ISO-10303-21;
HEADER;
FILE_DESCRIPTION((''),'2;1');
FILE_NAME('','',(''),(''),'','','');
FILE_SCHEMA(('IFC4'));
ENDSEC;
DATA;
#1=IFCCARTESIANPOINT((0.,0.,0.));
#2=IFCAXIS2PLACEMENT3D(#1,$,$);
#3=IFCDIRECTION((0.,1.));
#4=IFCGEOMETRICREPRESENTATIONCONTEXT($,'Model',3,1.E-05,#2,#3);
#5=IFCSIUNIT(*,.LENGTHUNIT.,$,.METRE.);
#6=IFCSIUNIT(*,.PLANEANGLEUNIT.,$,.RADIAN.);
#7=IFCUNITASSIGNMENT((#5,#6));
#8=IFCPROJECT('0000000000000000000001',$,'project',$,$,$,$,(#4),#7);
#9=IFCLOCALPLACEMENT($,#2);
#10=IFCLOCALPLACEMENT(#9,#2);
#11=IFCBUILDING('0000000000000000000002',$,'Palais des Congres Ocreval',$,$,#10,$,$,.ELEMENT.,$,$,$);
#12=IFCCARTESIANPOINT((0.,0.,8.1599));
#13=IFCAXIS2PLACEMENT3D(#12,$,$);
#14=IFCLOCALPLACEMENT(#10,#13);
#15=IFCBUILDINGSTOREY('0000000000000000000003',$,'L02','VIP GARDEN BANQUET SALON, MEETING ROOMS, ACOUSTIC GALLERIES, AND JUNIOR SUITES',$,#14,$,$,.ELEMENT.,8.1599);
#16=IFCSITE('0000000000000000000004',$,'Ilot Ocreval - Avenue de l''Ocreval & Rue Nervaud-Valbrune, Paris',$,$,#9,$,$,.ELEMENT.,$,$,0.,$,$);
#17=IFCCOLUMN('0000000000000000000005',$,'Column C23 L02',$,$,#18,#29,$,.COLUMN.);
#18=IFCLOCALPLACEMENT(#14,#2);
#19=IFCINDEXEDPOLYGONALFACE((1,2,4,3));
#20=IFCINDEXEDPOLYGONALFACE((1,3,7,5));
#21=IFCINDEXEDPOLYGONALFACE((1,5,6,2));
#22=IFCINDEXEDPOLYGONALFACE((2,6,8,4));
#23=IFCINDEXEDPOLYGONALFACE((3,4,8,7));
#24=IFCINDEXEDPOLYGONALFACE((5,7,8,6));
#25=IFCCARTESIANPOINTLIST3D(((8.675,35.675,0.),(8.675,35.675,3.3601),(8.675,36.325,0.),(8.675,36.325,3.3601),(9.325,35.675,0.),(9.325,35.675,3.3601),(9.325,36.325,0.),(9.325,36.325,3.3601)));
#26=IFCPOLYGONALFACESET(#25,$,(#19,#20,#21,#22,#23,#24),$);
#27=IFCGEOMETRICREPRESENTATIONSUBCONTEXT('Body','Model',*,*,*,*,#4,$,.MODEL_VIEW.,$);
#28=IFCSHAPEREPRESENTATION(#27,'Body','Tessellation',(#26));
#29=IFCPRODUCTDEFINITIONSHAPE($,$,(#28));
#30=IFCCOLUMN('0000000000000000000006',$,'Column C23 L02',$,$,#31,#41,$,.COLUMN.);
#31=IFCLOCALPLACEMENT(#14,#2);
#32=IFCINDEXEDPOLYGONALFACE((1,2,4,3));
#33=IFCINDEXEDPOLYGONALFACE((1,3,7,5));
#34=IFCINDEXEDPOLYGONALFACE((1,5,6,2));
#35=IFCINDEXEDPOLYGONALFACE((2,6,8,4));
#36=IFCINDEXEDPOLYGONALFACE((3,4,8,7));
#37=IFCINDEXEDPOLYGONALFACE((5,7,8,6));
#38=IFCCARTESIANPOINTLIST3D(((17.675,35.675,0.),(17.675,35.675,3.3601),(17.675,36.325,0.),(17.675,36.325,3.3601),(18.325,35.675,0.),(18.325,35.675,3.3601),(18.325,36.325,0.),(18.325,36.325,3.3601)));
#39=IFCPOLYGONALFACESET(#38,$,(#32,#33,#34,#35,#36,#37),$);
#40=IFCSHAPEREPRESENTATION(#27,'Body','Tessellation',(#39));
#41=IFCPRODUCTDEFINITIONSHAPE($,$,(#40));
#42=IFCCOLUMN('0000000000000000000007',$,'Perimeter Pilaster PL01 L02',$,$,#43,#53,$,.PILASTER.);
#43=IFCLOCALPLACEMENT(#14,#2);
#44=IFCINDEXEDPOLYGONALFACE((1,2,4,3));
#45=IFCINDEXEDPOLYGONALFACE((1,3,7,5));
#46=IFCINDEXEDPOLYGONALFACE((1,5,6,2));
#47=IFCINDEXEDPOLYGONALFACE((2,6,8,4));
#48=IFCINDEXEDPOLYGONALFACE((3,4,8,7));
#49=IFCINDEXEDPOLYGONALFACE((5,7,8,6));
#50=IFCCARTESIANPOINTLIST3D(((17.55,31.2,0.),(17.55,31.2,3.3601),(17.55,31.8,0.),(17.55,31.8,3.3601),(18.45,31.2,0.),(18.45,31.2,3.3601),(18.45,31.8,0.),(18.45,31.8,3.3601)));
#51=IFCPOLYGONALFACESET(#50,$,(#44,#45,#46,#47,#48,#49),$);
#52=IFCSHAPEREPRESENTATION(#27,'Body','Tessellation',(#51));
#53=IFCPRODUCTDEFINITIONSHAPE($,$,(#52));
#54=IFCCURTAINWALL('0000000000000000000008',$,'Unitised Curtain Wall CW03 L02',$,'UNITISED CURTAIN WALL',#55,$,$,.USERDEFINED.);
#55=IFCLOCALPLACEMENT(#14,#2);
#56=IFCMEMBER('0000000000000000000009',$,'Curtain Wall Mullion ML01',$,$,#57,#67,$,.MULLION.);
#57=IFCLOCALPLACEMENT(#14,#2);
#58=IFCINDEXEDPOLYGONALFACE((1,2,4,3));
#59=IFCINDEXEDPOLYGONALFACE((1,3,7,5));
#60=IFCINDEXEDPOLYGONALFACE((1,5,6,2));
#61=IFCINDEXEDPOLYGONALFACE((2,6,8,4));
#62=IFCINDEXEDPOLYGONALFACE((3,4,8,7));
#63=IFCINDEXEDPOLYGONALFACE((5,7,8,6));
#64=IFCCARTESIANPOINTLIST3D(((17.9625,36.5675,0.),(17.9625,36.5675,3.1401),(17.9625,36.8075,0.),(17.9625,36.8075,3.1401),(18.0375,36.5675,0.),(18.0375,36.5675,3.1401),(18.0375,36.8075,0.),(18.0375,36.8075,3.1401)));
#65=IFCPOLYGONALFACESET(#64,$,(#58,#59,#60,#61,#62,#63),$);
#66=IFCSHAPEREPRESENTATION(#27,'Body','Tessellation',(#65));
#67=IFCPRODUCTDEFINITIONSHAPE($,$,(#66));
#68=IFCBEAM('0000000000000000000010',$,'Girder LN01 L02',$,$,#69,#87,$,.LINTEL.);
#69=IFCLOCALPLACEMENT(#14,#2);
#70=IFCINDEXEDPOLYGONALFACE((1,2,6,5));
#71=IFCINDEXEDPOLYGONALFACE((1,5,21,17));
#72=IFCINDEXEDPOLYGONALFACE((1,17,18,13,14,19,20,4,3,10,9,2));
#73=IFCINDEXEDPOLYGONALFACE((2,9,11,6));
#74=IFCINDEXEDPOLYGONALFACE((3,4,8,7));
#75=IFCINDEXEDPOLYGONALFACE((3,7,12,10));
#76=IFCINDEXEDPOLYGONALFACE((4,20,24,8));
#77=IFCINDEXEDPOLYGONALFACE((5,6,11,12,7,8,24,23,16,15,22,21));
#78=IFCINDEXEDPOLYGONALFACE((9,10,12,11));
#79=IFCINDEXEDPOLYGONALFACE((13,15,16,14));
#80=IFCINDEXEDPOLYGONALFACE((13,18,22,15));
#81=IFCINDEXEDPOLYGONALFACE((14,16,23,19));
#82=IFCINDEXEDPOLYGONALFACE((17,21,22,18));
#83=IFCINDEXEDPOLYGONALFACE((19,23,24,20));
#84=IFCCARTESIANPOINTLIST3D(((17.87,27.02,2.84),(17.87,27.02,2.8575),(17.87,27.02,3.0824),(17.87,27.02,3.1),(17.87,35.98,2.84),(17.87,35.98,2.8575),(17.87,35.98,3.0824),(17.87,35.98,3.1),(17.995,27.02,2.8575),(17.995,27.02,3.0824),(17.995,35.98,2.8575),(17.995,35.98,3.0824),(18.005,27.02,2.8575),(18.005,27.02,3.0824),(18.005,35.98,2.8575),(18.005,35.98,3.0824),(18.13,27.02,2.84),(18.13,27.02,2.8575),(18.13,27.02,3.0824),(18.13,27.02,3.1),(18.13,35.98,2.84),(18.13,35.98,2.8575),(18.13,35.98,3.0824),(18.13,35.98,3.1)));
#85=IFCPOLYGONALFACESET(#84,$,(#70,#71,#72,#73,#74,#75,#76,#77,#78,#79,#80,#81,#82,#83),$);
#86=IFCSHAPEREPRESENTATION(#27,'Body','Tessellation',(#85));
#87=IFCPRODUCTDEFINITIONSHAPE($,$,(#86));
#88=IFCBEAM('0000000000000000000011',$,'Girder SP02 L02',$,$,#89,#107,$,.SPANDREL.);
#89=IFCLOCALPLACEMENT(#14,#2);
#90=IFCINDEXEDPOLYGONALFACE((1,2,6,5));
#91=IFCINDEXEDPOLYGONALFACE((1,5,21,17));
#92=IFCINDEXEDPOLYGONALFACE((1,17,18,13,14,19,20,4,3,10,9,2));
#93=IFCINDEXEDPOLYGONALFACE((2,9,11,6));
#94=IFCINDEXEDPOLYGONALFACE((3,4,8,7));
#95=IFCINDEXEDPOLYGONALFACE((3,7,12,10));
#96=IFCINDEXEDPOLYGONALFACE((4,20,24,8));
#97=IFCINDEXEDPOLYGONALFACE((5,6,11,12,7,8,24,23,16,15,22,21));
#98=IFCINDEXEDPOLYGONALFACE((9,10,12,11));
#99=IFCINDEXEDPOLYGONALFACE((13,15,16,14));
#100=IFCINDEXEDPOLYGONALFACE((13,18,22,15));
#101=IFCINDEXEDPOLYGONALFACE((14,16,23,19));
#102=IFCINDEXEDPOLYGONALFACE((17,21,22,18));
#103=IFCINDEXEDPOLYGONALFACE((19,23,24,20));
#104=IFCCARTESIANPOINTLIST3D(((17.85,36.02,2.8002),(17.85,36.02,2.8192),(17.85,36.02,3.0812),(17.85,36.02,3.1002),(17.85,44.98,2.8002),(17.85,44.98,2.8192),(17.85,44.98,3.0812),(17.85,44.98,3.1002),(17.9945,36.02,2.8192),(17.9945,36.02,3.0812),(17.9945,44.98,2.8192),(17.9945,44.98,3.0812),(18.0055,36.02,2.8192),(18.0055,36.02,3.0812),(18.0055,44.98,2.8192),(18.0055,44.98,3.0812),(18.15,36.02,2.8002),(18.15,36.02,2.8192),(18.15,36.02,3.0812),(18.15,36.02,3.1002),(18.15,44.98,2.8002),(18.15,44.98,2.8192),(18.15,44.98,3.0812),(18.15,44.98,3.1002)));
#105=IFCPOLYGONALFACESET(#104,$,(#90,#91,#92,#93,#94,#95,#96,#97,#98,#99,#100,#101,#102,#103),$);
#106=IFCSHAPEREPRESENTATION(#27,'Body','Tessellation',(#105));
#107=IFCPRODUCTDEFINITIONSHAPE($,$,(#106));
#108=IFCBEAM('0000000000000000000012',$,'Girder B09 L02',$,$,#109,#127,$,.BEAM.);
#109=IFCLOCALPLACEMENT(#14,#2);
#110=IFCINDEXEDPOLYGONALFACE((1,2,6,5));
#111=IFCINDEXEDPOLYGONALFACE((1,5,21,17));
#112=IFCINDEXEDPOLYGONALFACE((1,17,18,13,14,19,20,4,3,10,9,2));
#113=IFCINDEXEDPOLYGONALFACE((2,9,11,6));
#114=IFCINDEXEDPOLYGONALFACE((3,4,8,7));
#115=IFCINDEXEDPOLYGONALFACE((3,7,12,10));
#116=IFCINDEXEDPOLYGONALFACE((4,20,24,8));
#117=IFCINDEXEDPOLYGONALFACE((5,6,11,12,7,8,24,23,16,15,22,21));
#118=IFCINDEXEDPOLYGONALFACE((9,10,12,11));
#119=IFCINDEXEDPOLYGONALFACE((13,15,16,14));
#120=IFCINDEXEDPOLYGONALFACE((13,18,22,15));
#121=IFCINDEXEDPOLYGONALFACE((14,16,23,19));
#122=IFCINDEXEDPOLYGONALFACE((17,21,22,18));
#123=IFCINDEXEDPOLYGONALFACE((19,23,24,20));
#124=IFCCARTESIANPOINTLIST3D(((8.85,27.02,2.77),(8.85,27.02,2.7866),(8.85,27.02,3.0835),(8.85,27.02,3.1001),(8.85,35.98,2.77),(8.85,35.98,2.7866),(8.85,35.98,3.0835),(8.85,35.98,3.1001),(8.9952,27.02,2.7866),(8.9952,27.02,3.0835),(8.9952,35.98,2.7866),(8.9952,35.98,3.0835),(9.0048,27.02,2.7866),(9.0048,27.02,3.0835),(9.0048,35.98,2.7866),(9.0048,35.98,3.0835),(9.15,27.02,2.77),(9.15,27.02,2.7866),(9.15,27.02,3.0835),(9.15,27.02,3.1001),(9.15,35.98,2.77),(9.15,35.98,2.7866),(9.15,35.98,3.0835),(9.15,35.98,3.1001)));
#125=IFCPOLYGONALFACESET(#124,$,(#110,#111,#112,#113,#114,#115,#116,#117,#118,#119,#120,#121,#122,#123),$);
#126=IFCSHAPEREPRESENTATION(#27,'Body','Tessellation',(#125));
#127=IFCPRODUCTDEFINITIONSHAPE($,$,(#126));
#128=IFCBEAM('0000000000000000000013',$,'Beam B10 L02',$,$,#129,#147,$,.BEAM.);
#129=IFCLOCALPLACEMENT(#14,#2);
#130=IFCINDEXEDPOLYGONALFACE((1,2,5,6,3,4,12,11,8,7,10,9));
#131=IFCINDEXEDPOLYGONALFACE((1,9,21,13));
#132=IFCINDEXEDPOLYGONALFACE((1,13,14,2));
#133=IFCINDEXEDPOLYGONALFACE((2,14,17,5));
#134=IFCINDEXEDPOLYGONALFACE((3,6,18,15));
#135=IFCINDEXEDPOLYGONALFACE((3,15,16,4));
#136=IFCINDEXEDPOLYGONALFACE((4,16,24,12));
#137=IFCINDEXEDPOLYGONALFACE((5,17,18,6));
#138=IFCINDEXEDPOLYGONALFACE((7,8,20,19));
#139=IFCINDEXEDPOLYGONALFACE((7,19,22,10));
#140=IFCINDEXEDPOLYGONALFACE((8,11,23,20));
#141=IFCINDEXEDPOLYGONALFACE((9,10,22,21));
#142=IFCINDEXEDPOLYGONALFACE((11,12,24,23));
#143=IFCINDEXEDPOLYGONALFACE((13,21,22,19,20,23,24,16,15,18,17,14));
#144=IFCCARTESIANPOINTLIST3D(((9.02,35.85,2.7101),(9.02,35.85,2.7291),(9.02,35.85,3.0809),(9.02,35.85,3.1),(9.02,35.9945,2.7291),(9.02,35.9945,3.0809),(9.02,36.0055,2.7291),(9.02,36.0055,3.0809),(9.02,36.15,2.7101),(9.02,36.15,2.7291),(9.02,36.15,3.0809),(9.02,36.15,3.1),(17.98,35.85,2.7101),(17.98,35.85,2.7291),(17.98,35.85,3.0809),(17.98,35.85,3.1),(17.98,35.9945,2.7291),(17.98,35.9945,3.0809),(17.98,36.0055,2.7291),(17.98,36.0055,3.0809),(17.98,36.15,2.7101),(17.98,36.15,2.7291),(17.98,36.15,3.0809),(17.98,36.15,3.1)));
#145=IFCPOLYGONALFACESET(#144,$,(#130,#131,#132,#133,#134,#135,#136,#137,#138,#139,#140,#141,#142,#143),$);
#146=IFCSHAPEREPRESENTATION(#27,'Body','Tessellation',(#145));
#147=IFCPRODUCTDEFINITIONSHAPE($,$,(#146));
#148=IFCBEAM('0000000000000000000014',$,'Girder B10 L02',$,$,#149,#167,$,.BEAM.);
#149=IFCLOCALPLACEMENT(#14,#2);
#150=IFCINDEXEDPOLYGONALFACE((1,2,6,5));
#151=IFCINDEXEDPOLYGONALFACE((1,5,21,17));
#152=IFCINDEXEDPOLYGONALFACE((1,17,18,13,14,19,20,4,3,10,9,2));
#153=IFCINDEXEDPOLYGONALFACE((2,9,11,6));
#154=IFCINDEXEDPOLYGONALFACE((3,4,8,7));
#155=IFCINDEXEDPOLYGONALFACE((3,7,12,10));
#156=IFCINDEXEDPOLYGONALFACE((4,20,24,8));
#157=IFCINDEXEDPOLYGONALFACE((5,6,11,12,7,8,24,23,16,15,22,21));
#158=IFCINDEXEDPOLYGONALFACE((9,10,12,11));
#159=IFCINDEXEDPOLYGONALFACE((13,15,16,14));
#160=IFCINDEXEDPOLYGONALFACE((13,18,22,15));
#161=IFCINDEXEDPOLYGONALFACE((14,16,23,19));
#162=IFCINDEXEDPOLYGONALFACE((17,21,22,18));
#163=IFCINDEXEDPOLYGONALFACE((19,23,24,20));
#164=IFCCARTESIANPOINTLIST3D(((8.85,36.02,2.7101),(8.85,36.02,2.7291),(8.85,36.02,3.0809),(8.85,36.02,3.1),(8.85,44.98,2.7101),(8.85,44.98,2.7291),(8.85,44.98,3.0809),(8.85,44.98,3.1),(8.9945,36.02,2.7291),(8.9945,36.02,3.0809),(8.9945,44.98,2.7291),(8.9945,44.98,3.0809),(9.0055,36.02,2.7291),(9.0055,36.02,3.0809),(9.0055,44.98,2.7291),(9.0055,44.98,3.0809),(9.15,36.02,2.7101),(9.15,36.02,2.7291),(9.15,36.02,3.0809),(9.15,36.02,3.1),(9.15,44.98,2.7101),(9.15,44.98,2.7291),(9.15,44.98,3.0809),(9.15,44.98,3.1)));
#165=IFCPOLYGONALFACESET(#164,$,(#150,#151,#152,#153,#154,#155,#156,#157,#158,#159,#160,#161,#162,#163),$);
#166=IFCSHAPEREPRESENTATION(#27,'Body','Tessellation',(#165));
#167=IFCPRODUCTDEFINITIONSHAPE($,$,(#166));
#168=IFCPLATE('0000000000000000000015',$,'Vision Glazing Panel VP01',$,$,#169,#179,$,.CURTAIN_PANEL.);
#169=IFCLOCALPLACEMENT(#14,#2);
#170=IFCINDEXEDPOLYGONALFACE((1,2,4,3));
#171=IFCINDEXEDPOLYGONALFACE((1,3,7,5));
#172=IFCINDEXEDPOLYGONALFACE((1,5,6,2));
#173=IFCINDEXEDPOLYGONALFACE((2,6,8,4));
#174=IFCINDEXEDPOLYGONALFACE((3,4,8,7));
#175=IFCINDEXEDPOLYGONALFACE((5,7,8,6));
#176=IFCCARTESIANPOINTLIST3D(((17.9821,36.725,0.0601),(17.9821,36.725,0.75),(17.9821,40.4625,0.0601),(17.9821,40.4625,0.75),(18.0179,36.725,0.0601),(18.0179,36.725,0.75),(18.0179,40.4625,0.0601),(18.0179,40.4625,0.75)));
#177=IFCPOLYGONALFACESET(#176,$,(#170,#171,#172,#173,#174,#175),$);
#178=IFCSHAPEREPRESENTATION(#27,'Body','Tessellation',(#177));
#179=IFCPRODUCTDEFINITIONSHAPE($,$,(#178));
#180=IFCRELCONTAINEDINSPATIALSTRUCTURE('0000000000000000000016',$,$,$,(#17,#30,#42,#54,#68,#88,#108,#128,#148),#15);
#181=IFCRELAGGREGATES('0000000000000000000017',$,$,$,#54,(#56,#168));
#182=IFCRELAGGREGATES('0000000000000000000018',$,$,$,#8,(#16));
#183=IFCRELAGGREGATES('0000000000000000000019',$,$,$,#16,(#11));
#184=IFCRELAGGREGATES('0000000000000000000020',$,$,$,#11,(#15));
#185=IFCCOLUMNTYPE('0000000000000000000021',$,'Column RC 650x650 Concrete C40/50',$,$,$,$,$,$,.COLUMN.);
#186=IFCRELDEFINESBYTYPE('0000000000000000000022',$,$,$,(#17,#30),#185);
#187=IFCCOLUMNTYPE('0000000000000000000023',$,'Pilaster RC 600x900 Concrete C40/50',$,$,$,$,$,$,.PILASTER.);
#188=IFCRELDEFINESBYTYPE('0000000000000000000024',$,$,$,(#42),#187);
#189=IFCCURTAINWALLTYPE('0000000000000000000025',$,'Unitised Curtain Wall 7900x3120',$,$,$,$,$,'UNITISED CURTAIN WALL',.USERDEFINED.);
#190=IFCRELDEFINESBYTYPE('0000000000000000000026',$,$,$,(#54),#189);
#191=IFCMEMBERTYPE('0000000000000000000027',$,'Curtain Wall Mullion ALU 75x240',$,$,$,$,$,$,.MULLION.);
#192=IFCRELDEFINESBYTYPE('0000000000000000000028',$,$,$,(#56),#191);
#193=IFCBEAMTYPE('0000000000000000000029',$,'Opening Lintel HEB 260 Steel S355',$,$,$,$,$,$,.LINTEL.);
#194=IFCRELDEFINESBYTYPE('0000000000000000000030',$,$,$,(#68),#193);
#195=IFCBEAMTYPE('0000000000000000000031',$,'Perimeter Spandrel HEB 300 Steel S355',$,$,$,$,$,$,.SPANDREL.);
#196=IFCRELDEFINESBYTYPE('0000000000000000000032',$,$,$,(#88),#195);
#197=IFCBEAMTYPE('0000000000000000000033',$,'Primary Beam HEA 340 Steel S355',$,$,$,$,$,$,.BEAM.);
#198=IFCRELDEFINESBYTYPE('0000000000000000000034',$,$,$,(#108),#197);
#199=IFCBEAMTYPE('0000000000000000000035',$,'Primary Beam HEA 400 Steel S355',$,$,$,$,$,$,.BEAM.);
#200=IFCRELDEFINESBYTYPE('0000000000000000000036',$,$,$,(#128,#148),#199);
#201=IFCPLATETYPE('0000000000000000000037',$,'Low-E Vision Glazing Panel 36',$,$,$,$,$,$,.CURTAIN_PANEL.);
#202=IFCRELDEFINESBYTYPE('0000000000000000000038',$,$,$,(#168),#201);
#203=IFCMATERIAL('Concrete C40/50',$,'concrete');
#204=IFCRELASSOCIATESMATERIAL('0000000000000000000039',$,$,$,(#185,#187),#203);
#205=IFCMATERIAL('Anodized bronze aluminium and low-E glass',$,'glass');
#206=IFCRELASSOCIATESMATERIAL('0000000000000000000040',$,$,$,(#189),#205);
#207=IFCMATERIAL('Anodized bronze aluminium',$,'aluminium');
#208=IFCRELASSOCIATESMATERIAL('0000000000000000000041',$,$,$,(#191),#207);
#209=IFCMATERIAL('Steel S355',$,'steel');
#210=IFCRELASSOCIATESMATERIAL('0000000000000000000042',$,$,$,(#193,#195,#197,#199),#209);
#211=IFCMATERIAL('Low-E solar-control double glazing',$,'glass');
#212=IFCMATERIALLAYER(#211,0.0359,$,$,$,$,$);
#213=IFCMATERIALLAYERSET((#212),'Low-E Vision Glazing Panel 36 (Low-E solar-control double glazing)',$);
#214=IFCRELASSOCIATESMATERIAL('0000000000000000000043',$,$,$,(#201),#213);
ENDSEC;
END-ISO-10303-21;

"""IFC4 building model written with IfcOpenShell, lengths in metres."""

from ifc_helpers import new_model, si_unit, direction, frame, origin, origin_2d, place, context, subcontext, project, spatial, rectangle, i_section, extrude, material, layer, layer_set, material_profile, profile_set, type_object, element, aggregate, save


model = new_model("IFC4")

# Units and contexts
model_context = context("Model", 3, precision=1e-05, world=origin(), true_north=direction((0.0, 1.0)))
body_context = subcontext(model_context, "Body", "Model", "MODEL_VIEW")
ifc_project = project(units=[si_unit("LENGTHUNIT", "METRE"), si_unit("PLANEANGLEUNIT", "RADIAN")], contexts=[model_context])

# Site, building, storey
site_placement = place(None, origin())
site = spatial("IfcSite", under=ifc_project, at=site_placement, Name="Ilot Ocreval - Avenue de l'Ocreval & Rue Nervaud-Valbrune, Paris", CompositionType="ELEMENT", RefElevation=0.0)
building_placement = place(site_placement, origin())
building = spatial("IfcBuilding", under=site, at=building_placement, Name="Palais des Congres Ocreval", CompositionType="ELEMENT")
storey_placement = place(building_placement, frame((0.0, 0.0, 8.1599)))
storey = spatial("IfcBuildingStorey", under=building, at=storey_placement, Name="L02", Description="VIP GARDEN BANQUET SALON, MEETING ROOMS, ACOUSTIC GALLERIES, AND JUNIOR SUITES", CompositionType="ELEMENT", Elevation=8.1599)

# Columns
ifc_material_1 = material(Name="Concrete C40/50", Category="concrete")
ifc_material_profile_1 = material_profile(ifc_material_1, rectangle(XDim=0.6499, YDim=0.6499, at=origin_2d()), Name="RC 650x650")
ifc_profile_set_1 = profile_set([ifc_material_profile_1], Name="Concrete C40/50")
column_type_1 = type_object("IfcColumnType", Name="Column RC 650x650 Concrete C40/50", PredefinedType="COLUMN", material=ifc_profile_set_1)
for number, where, z_axis, x_axis, name in (
    (1, (9.0, 36.0, 0.0), (0.0, 0.0, 1.0), (1.0, 0.0, 0.0), "Column C23 L02"),
    (2, (18.0, 36.0, 0.0), (0.0, 0.0, 1.0), (1.0, 0.0, 0.0), "Column C23 L02"),
):
    element("IfcColumn", number, at=place(storey_placement, frame(where, z_axis=z_axis, x_axis=x_axis)), inside=storey, type_object=column_type_1, Name=name, PredefinedType="COLUMN", context=body_context, shape_type="SweptSolid", body=[
        extrude(rectangle(XDim=0.6499, YDim=0.6499, at=origin_2d()), origin(), (0.0, 0.0, 1.0), 3.3601),
    ])
ifc_material_profile_2 = material_profile(ifc_material_1, rectangle(XDim=0.6001, YDim=0.8999, at=origin_2d()), Name="RC 600x900")
ifc_profile_set_2 = profile_set([ifc_material_profile_2], Name="Concrete C40/50")
column_type_2 = type_object("IfcColumnType", Name="Pilaster RC 600x900 Concrete C40/50", PredefinedType="PILASTER", material=ifc_profile_set_2)
column_placement = place(storey_placement, frame((18.0, 31.5, 0.0), z_axis=(0.0, 0.0, 1.0), x_axis=(0.0, 1.0, 0.0)))
element("IfcColumn", 3, at=column_placement, inside=storey, type_object=column_type_2, Name="Perimeter Pilaster PL01 L02", PredefinedType="PILASTER", context=body_context, shape_type="SweptSolid", body=[
    extrude(rectangle(XDim=0.6001, YDim=0.8999, at=origin_2d()), origin(), (0.0, 0.0, 1.0), 3.3601),
])

# Curtain wall, member
ifc_material_2 = material(Name="Anodized bronze aluminium and low-E glass", Category="glass")
curtain_wall_type = type_object("IfcCurtainWallType", Name="Unitised Curtain Wall 7900x3120", ElementType="UNITISED CURTAIN WALL", PredefinedType="USERDEFINED", material=ifc_material_2)
curtain_wall_placement = place(storey_placement, origin())
curtain_wall = element("IfcCurtainWall", 4, at=curtain_wall_placement, inside=storey, type_object=curtain_wall_type, Name="Unitised Curtain Wall CW03 L02", ObjectType="UNITISED CURTAIN WALL", PredefinedType="USERDEFINED")
ifc_material_3 = material(Name="Anodized bronze aluminium", Category="aluminium")
ifc_material_profile_3 = material_profile(ifc_material_3, rectangle(XDim=0.075, YDim=0.24, at=origin_2d()), Name="ALU 75x240")
ifc_profile_set_3 = profile_set([ifc_material_profile_3], Name="Anodized bronze aluminium")
member_type = type_object("IfcMemberType", Name="Curtain Wall Mullion ALU 75x240", PredefinedType="MULLION", material=ifc_profile_set_3)
member_placement = place(storey_placement, frame((18.0, 36.6875, 0.0), z_axis=(0.0, 0.0, 1.0), x_axis=(1.0, 0.0, 0.0)))
member = element("IfcMember", 5, at=member_placement, type_object=member_type, Name="Curtain Wall Mullion ML01", PredefinedType="MULLION", context=body_context, shape_type="SweptSolid", body=[
    extrude(rectangle(XDim=0.075, YDim=0.24, at=origin_2d()), origin(), (0.0, 0.0, 1.0), 3.1401),
])

# Beams
ifc_material_4 = material(Name="Steel S355", Category="steel")
ifc_material_profile_4 = material_profile(ifc_material_4, i_section(OverallWidth=0.26, OverallDepth=0.26, WebThickness=0.01, FlangeThickness=0.0176, at=origin_2d()), Name="HEB 260")
ifc_profile_set_4 = profile_set([ifc_material_profile_4], Name="Steel S355")
beam_type_1 = type_object("IfcBeamType", Name="Opening Lintel HEB 260 Steel S355", PredefinedType="LINTEL", material=ifc_profile_set_4)
beam_1_placement = place(storey_placement, frame((18.0, 27.02, 2.97), z_axis=(0.0, 1.0, 0.0), x_axis=(-1.0, 0.0, 0.0)))
element("IfcBeam", 6, at=beam_1_placement, inside=storey, type_object=beam_type_1, Name="Girder LN01 L02", PredefinedType="LINTEL", context=body_context, shape_type="SweptSolid", body=[
    extrude(i_section(OverallWidth=0.26, OverallDepth=0.26, WebThickness=0.01, FlangeThickness=0.0176, at=origin_2d()), origin(), (0.0, 0.0, 1.0), 8.96),
])
ifc_material_profile_5 = material_profile(ifc_material_4, i_section(OverallWidth=0.3, OverallDepth=0.3, WebThickness=0.011, FlangeThickness=0.019, at=origin_2d()), Name="HEB 300")
ifc_profile_set_5 = profile_set([ifc_material_profile_5], Name="Steel S355")
beam_type_2 = type_object("IfcBeamType", Name="Perimeter Spandrel HEB 300 Steel S355", PredefinedType="SPANDREL", material=ifc_profile_set_5)
beam_2_placement = place(storey_placement, frame((18.0, 36.02, 2.9502), z_axis=(0.0, 1.0, 0.0), x_axis=(-1.0, 0.0, 0.0)))
element("IfcBeam", 7, at=beam_2_placement, inside=storey, type_object=beam_type_2, Name="Girder SP02 L02", PredefinedType="SPANDREL", context=body_context, shape_type="SweptSolid", body=[
    extrude(i_section(OverallWidth=0.3, OverallDepth=0.3, WebThickness=0.011, FlangeThickness=0.019, at=origin_2d()), origin(), (0.0, 0.0, 1.0), 8.96),
])
ifc_material_profile_6 = material_profile(ifc_material_4, i_section(OverallWidth=0.3, OverallDepth=0.3301, WebThickness=0.0095, FlangeThickness=0.0166, at=origin_2d()), Name="HEA 340")
ifc_profile_set_6 = profile_set([ifc_material_profile_6], Name="Steel S355")
beam_type_3 = type_object("IfcBeamType", Name="Primary Beam HEA 340 Steel S355", PredefinedType="BEAM", material=ifc_profile_set_6)
beam_3_placement = place(storey_placement, frame((9.0, 27.02, 2.9351), z_axis=(0.0, 1.0, 0.0), x_axis=(-1.0, 0.0, 0.0)))
element("IfcBeam", 8, at=beam_3_placement, inside=storey, type_object=beam_type_3, Name="Girder B09 L02", PredefinedType="BEAM", context=body_context, shape_type="SweptSolid", body=[
    extrude(i_section(OverallWidth=0.3, OverallDepth=0.3301, WebThickness=0.0095, FlangeThickness=0.0166, at=origin_2d()), origin(), (0.0, 0.0, 1.0), 8.96),
])
ifc_material_profile_7 = material_profile(ifc_material_4, i_section(OverallWidth=0.3, OverallDepth=0.3899, WebThickness=0.011, FlangeThickness=0.019, at=origin_2d()), Name="HEA 400")
ifc_profile_set_7 = profile_set([ifc_material_profile_7], Name="Steel S355")
beam_type_4 = type_object("IfcBeamType", Name="Primary Beam HEA 400 Steel S355", PredefinedType="BEAM", material=ifc_profile_set_7)
for number, where, z_axis, x_axis, name in (
    (9, (9.02, 36.0, 2.905), (1.0, 0.0, 0.0), (0.0, 1.0, 0.0), "Beam B10 L02"),
    (10, (9.0, 36.02, 2.905), (0.0, 1.0, 0.0), (-1.0, 0.0, 0.0), "Girder B10 L02"),
):
    element("IfcBeam", number, at=place(storey_placement, frame(where, z_axis=z_axis, x_axis=x_axis)), inside=storey, type_object=beam_type_4, Name=name, PredefinedType="BEAM", context=body_context, shape_type="SweptSolid", body=[
        extrude(i_section(OverallWidth=0.3, OverallDepth=0.3899, WebThickness=0.011, FlangeThickness=0.019, at=origin_2d()), origin(), (0.0, 0.0, 1.0), 8.96),
    ])

# Plate
ifc_material_5 = material(Name="Low-E solar-control double glazing", Category="glass")
ifc_layer_1 = layer(ifc_material_5, 0.0359)
ifc_layer_set_1 = layer_set([ifc_layer_1], Name="Low-E Vision Glazing Panel 36 (Low-E solar-control double glazing)")
plate_type = type_object("IfcPlateType", Name="Low-E Vision Glazing Panel 36", PredefinedType="CURTAIN_PANEL", material=ifc_layer_set_1)
plate_1_placement = place(storey_placement, frame((18.0, 38.5938, 0.0601), z_axis=(0.0, 0.0, 1.0), x_axis=(0.0, -1.0, 0.0)))
plate_1 = element("IfcPlate", 11, at=plate_1_placement, type_object=plate_type, Name="Vision Glazing Panel VP01", PredefinedType="CURTAIN_PANEL", context=body_context, shape_type="SweptSolid", body=[
    extrude(rectangle(XDim=3.7375, YDim=0.0359, at=origin_2d()), origin(), (0.0, 0.0, 1.0), 0.6899),
])
aggregate(curtain_wall, [member, plate_1])

save(model, "model.ifc")
